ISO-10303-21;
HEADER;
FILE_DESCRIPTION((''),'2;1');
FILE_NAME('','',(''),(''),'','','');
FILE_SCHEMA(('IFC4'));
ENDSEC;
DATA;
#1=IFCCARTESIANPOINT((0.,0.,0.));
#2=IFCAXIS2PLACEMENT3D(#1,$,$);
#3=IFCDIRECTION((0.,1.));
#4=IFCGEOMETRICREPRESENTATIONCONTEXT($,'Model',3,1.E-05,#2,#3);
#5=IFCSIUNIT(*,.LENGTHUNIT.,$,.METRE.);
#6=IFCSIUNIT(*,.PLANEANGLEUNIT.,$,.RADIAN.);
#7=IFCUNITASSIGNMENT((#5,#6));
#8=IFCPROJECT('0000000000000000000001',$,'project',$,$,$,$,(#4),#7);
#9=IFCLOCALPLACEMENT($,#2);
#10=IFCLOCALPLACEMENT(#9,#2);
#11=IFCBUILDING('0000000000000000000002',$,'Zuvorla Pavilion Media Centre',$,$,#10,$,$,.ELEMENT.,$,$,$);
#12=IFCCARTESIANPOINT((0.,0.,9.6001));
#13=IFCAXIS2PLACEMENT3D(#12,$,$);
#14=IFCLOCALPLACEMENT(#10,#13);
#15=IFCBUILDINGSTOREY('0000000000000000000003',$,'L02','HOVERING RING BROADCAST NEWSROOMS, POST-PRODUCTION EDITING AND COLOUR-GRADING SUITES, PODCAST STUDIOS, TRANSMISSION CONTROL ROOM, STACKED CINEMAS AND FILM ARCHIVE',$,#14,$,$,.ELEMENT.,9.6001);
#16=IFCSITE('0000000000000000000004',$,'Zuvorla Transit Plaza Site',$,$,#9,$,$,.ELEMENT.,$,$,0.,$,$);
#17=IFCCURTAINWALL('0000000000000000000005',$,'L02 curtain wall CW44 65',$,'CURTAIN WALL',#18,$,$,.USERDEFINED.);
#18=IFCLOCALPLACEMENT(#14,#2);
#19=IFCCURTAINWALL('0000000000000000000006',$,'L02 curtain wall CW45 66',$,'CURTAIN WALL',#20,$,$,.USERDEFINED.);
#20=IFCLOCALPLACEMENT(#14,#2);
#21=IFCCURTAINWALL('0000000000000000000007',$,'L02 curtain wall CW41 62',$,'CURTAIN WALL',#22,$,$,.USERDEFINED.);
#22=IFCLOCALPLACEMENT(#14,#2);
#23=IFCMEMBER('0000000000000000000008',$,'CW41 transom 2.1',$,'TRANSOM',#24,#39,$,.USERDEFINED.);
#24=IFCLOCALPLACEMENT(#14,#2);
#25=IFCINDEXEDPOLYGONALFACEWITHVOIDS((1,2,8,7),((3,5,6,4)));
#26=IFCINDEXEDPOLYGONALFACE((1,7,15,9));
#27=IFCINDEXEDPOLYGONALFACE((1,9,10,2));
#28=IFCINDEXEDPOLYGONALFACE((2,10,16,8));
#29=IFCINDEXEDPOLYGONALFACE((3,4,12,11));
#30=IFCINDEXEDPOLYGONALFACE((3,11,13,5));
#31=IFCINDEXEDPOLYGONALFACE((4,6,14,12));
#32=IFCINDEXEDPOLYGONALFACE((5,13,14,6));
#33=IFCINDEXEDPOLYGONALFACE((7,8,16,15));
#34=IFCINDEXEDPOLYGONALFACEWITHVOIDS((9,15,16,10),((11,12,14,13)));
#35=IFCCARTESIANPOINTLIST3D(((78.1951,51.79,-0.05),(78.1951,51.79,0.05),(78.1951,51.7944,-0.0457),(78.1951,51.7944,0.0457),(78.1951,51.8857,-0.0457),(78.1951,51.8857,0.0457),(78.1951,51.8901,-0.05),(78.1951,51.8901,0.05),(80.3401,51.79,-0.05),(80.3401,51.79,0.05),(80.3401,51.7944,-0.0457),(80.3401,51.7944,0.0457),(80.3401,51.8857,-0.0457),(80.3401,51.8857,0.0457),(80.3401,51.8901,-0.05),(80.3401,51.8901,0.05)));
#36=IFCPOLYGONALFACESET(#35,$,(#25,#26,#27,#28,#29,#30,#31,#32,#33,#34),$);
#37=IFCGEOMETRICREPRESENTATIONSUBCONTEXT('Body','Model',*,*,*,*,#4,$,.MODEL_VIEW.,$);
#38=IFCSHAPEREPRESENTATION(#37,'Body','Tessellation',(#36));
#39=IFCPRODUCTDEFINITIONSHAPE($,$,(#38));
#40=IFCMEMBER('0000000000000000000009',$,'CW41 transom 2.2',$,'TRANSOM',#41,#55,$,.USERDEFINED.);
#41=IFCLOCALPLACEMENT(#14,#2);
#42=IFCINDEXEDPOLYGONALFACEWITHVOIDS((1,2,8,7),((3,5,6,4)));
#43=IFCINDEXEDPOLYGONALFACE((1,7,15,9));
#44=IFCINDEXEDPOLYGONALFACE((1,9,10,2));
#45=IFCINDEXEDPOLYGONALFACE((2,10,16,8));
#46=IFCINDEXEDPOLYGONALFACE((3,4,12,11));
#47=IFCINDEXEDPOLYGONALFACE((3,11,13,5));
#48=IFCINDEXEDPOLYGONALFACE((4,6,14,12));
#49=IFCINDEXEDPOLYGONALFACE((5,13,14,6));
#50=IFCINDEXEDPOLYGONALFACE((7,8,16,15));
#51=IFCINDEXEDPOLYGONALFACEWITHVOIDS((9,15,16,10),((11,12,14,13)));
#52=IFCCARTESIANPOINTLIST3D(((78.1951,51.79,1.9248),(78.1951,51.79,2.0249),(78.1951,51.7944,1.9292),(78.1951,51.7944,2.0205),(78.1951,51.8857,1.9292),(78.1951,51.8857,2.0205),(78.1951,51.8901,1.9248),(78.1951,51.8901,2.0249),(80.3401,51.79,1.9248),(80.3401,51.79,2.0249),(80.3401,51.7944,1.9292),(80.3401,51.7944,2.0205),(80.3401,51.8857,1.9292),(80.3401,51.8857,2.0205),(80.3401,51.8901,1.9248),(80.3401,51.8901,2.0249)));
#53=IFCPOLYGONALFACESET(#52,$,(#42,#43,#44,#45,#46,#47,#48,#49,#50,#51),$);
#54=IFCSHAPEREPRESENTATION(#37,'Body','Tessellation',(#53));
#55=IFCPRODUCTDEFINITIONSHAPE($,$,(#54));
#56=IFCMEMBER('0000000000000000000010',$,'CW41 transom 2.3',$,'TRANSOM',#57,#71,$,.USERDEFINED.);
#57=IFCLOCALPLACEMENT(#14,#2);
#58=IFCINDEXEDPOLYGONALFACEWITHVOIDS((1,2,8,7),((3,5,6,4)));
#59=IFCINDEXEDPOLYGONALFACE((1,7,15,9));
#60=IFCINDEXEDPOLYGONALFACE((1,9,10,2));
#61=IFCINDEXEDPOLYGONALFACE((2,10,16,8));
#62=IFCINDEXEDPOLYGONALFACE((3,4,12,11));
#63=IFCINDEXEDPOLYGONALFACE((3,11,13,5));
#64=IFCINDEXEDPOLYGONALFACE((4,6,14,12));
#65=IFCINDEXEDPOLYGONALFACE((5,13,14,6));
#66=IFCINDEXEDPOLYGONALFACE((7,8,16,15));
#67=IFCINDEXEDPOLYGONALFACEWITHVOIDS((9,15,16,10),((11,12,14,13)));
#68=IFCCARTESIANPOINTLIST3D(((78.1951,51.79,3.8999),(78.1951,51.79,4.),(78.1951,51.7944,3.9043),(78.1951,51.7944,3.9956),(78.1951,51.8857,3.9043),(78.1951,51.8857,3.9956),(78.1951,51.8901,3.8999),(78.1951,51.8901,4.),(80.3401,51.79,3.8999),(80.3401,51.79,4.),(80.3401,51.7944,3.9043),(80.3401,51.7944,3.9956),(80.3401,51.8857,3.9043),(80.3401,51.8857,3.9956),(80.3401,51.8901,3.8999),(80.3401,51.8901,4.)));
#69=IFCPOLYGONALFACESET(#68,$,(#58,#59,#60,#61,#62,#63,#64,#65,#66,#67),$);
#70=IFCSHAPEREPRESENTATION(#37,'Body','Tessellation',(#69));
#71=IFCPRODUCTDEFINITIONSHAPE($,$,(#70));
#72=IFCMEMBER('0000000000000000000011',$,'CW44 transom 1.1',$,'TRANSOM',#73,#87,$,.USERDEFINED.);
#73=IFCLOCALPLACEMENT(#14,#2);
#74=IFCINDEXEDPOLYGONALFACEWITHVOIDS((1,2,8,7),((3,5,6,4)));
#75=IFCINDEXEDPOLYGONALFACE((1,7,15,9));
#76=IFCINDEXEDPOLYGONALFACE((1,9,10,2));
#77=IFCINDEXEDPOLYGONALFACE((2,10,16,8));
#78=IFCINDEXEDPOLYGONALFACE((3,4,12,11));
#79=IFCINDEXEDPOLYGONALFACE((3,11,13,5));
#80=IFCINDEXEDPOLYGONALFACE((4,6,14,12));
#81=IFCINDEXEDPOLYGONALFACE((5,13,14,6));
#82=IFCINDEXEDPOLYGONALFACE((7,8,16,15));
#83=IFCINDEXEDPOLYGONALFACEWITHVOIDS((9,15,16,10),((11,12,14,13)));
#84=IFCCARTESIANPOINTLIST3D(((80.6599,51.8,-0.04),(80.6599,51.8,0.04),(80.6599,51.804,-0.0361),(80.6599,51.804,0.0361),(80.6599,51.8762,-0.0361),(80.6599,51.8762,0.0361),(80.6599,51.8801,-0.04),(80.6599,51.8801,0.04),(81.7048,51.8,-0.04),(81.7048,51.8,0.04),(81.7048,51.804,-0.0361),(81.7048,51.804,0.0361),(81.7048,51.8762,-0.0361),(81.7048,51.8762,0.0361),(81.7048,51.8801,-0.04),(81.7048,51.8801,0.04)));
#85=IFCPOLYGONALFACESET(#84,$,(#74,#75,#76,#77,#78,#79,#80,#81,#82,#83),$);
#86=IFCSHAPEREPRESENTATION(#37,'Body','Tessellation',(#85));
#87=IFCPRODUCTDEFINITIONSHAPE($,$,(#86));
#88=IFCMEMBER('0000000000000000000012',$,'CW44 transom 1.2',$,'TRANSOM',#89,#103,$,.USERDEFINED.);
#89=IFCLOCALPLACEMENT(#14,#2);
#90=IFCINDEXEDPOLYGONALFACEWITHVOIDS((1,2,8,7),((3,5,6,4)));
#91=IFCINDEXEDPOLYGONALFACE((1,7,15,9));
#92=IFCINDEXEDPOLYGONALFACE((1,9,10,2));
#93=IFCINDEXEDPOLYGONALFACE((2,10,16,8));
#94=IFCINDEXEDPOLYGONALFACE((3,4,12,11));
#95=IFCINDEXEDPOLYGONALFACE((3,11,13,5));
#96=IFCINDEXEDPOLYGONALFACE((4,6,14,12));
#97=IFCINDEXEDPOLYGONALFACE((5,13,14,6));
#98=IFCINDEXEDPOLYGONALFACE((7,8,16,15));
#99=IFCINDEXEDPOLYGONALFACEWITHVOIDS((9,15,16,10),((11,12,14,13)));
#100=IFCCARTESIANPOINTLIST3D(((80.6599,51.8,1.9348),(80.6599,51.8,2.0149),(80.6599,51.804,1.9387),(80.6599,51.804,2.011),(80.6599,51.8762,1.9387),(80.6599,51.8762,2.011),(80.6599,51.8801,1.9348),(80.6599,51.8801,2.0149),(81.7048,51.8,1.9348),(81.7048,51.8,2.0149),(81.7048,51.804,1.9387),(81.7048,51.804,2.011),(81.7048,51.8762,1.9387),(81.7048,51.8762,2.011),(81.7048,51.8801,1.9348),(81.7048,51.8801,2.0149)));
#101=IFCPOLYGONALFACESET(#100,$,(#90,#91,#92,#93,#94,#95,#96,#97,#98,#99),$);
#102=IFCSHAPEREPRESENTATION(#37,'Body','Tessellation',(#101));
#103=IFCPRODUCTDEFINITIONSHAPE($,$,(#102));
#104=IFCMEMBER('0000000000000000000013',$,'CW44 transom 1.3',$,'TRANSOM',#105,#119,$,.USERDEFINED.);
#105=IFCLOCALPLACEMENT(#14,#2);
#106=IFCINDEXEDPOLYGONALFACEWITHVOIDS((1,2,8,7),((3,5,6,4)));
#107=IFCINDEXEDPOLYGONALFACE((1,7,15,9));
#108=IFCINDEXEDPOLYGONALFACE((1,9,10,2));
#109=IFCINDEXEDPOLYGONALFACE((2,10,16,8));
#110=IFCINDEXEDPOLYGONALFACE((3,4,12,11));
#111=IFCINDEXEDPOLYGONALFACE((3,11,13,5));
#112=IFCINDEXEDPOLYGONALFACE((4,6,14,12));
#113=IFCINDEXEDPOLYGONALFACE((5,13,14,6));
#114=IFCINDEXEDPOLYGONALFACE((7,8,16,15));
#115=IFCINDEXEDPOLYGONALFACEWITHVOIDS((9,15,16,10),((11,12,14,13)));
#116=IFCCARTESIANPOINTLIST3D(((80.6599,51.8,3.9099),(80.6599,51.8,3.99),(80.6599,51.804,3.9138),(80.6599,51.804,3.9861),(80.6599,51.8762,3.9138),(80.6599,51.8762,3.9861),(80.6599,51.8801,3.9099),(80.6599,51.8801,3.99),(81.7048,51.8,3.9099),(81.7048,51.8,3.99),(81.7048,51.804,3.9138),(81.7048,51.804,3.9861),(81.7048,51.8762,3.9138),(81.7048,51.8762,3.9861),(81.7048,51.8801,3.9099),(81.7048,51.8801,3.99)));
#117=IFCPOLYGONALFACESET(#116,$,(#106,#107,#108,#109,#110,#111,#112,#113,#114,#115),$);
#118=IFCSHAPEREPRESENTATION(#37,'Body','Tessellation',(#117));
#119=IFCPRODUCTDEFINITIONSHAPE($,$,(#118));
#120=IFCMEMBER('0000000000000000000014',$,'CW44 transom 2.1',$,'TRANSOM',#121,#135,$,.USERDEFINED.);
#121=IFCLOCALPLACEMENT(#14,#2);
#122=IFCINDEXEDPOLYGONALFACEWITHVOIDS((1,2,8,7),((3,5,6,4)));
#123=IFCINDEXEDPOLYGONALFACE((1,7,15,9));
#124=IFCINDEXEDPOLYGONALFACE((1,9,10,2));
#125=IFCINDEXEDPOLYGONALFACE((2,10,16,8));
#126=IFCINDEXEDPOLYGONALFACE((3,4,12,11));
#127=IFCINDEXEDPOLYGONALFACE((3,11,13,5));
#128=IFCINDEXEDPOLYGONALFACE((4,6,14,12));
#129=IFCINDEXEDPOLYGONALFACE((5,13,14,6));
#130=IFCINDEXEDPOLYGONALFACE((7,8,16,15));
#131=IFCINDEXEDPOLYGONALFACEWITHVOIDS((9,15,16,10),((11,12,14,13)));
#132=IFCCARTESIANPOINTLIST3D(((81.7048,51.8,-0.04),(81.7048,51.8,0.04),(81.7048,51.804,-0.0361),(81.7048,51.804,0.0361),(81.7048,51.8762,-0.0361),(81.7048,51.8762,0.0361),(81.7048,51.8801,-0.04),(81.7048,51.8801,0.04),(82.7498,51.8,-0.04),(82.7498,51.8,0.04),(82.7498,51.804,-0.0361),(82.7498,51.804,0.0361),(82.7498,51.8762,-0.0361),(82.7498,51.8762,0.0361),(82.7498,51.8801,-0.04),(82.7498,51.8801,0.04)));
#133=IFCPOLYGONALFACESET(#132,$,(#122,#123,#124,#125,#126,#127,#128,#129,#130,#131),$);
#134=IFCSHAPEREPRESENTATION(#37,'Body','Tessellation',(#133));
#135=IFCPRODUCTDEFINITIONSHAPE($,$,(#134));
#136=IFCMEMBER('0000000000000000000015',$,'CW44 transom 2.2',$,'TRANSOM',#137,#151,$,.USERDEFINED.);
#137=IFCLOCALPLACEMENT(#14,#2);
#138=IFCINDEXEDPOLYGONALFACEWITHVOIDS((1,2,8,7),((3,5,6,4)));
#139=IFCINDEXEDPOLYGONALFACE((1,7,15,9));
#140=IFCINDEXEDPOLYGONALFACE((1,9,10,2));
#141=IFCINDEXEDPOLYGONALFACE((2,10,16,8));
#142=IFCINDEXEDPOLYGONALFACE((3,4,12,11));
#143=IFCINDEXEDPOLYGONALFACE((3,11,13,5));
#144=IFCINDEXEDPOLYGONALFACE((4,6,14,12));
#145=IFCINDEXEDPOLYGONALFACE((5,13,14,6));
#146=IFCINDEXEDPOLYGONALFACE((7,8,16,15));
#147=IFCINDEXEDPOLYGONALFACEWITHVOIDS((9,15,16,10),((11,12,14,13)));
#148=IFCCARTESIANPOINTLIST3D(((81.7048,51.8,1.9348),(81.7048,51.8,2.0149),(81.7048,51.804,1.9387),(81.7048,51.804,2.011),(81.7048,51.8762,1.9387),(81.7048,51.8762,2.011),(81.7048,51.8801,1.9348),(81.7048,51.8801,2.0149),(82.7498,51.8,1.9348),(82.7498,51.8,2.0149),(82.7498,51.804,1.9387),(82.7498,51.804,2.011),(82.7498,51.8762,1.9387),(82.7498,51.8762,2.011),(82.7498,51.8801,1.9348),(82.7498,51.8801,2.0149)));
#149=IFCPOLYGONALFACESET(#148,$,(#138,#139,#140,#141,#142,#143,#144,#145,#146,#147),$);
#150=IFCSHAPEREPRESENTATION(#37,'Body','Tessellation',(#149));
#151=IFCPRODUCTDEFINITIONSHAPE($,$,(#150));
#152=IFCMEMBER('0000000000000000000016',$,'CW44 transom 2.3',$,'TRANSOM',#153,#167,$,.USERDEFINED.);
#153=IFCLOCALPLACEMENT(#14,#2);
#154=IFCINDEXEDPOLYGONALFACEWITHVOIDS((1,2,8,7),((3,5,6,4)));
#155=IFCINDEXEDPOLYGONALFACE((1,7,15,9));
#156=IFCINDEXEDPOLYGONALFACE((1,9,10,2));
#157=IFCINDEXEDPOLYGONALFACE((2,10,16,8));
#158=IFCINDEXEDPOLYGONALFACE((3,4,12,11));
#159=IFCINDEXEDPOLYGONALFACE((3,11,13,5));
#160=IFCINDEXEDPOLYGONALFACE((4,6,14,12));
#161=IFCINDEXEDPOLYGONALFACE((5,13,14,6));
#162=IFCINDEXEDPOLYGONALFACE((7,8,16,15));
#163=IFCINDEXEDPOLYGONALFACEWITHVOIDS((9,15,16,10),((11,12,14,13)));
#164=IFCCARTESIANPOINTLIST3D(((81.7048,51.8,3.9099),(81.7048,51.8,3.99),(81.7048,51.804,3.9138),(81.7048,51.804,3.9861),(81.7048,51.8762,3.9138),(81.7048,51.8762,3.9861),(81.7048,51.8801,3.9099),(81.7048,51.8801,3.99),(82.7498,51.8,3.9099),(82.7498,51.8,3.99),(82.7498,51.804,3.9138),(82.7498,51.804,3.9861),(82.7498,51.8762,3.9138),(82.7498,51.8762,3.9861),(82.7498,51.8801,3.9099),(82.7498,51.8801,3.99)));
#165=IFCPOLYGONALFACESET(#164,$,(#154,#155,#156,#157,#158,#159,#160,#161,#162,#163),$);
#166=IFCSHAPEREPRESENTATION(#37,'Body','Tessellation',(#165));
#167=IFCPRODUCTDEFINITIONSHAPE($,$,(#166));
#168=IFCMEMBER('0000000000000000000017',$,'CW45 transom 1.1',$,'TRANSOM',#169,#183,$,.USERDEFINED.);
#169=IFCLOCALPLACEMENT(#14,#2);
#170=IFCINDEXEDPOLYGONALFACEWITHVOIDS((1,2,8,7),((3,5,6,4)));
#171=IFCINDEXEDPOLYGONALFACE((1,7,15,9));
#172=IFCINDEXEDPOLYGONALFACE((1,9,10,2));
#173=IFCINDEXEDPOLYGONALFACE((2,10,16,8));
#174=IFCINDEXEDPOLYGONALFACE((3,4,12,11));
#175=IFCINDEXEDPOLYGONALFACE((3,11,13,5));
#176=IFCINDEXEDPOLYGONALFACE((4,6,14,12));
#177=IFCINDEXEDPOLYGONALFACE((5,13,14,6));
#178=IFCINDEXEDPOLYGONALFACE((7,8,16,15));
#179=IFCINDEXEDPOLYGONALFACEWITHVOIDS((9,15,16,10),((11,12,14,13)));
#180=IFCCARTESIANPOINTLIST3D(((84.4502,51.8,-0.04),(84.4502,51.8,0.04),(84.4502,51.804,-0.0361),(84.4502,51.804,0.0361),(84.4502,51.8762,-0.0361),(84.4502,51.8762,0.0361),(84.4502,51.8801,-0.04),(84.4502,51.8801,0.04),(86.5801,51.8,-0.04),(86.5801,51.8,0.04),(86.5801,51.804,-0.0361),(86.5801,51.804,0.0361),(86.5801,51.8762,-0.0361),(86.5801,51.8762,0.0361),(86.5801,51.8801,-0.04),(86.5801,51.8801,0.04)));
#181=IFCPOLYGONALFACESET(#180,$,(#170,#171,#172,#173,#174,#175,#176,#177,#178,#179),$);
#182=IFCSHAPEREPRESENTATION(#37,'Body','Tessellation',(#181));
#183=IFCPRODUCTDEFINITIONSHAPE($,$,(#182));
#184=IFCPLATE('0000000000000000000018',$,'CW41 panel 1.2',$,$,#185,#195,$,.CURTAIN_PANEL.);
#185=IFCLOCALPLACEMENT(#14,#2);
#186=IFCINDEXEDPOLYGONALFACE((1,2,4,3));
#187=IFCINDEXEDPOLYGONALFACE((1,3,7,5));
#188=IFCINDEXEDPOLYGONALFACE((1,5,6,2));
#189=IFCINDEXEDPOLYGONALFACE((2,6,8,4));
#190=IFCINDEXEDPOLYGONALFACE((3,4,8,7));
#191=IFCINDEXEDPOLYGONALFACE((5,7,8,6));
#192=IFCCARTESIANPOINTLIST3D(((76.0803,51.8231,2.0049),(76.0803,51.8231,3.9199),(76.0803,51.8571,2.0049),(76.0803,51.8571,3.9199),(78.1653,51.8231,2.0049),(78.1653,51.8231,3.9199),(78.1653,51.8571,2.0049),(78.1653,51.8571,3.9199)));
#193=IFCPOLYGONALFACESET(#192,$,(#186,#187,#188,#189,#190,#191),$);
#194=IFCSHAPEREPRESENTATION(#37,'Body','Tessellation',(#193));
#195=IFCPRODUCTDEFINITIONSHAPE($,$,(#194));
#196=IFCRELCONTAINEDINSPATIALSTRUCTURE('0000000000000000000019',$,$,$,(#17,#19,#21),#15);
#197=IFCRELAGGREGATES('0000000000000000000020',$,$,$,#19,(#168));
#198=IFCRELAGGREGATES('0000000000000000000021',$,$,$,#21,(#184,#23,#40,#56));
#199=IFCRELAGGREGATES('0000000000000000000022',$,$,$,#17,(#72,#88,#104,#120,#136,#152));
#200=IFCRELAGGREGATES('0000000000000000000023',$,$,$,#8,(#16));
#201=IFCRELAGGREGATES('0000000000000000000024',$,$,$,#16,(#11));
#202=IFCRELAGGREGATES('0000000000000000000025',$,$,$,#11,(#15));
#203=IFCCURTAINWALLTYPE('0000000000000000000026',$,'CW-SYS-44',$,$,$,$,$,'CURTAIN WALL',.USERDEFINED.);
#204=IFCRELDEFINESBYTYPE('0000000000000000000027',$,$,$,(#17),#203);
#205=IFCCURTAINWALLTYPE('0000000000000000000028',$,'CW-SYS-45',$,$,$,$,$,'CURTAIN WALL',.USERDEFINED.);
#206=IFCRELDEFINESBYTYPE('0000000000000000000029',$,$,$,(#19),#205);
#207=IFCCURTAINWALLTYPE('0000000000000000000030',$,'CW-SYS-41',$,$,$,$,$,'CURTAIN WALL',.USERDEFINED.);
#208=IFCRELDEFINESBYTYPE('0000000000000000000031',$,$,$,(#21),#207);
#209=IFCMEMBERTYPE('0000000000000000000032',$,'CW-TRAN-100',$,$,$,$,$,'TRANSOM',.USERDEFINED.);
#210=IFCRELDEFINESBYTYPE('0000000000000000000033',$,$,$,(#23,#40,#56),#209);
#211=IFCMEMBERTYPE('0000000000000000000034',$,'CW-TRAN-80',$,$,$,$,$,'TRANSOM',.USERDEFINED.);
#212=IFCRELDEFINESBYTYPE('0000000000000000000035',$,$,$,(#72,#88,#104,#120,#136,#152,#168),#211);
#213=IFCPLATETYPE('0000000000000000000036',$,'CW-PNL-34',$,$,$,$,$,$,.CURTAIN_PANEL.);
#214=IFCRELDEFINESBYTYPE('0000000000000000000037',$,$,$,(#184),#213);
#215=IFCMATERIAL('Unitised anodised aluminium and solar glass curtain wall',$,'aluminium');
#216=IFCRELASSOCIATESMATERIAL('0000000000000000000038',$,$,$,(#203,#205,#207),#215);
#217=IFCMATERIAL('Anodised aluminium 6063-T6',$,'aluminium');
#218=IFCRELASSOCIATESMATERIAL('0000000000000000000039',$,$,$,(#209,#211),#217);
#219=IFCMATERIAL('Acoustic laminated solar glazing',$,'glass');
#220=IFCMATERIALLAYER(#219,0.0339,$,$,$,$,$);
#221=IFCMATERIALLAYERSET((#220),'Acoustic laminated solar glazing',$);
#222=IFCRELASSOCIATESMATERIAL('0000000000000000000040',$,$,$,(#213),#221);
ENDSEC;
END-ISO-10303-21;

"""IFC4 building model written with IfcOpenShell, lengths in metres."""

from ifc_helpers import new_model, si_unit, direction, frame, origin, origin_2d, place, context, subcontext, project, spatial, rectangle, hollow_rectangle, extrude, material, layer, layer_set, material_profile, profile_set, type_object, element, aggregate, save


model = new_model("IFC4")

# Units and contexts
model_context = context("Model", 3, precision=1e-05, world=origin(), true_north=direction((0.0, 1.0)))
body_context = subcontext(model_context, "Body", "Model", "MODEL_VIEW")
ifc_project = project(units=[si_unit("LENGTHUNIT", "METRE"), si_unit("PLANEANGLEUNIT", "RADIAN")], contexts=[model_context])

# Site, building, storey
site_placement = place(None, origin())
site = spatial("IfcSite", under=ifc_project, at=site_placement, Name="Zuvorla Transit Plaza Site", CompositionType="ELEMENT", RefElevation=0.0)
building_placement = place(site_placement, origin())
building = spatial("IfcBuilding", under=site, at=building_placement, Name="Zuvorla Pavilion Media Centre", CompositionType="ELEMENT")
storey_placement = place(building_placement, frame((0.0, 0.0, 9.6001)))
storey = spatial("IfcBuildingStorey", under=building, at=storey_placement, Name="L02", Description="HOVERING RING BROADCAST NEWSROOMS, POST-PRODUCTION EDITING AND COLOUR-GRADING SUITES, PODCAST STUDIOS, TRANSMISSION CONTROL ROOM, STACKED CINEMAS AND FILM ARCHIVE", CompositionType="ELEMENT", Elevation=9.6001)

# Curtain wall
ifc_material_1 = material(Name="Unitised anodised aluminium and solar glass curtain wall", Category="aluminium")
curtain_wall_type_1 = type_object("IfcCurtainWallType", Name="CW-SYS-44", ElementType="CURTAIN WALL", PredefinedType="USERDEFINED", material=ifc_material_1)
curtain_wall_1_placement = place(storey_placement, origin())
curtain_wall_1 = element("IfcCurtainWall", 1, at=curtain_wall_1_placement, inside=storey, type_object=curtain_wall_type_1, Name="L02 curtain wall CW44 65", ObjectType="CURTAIN WALL", PredefinedType="USERDEFINED")
ifc_material_2 = material(Name="Anodised aluminium 6063-T6", Category="aluminium")

# Curtain wall
curtain_wall_type_2 = type_object("IfcCurtainWallType", Name="CW-SYS-45", ElementType="CURTAIN WALL", PredefinedType="USERDEFINED", material=ifc_material_1)
curtain_wall_2_placement = place(storey_placement, origin())
curtain_wall_2 = element("IfcCurtainWall", 2, at=curtain_wall_2_placement, inside=storey, type_object=curtain_wall_type_2, Name="L02 curtain wall CW45 66", ObjectType="CURTAIN WALL", PredefinedType="USERDEFINED")

# Curtain wall, members
curtain_wall_type_3 = type_object("IfcCurtainWallType", Name="CW-SYS-41", ElementType="CURTAIN WALL", PredefinedType="USERDEFINED", material=ifc_material_1)
curtain_wall_3_placement = place(storey_placement, origin())
curtain_wall_3 = element("IfcCurtainWall", 3, at=curtain_wall_3_placement, inside=storey, type_object=curtain_wall_type_3, Name="L02 curtain wall CW41 62", ObjectType="CURTAIN WALL", PredefinedType="USERDEFINED")
ifc_material_profile_1 = material_profile(ifc_material_2, hollow_rectangle(XDim=0.1001, YDim=0.1001, WallThickness=0.0044, at=origin_2d()), Name="ALU TRAN 100x100")
ifc_profile_set_1 = profile_set([ifc_material_profile_1], Name="Anodised aluminium 6063-T6")
member_type_1 = type_object("IfcMemberType", Name="CW-TRAN-100", ElementType="TRANSOM", PredefinedType="USERDEFINED", material=ifc_profile_set_1)
member_1_placement = place(storey_placement, frame((78.1951, 51.8401, 0.0), z_axis=(1.0, 0.0, 0.0), x_axis=(0.0, 1.0, 0.0)))
member_1 = element("IfcMember", 4, at=member_1_placement, type_object=member_type_1, Name="CW41 transom 2.1", ObjectType="TRANSOM", PredefinedType="USERDEFINED", context=body_context, shape_type="SweptSolid", body=[
    extrude(hollow_rectangle(XDim=0.1001, YDim=0.1001, WallThickness=0.0044, at=origin_2d()), origin(), (0.0, 0.0, 1.0), 2.145),
])
member_2_placement = place(storey_placement, frame((78.1951, 51.8401, 1.9749), z_axis=(1.0, 0.0, 0.0), x_axis=(0.0, 1.0, 0.0)))
member_2 = element("IfcMember", 5, at=member_2_placement, type_object=member_type_1, Name="CW41 transom 2.2", ObjectType="TRANSOM", PredefinedType="USERDEFINED", context=body_context, shape_type="SweptSolid", body=[
    extrude(hollow_rectangle(XDim=0.1001, YDim=0.1001, WallThickness=0.0044, at=origin_2d()), origin(), (0.0, 0.0, 1.0), 2.145),
])
member_3_placement = place(storey_placement, frame((78.1951, 51.8401, 3.95), z_axis=(1.0, 0.0, 0.0), x_axis=(0.0, 1.0, 0.0)))
member_3 = element("IfcMember", 6, at=member_3_placement, type_object=member_type_1, Name="CW41 transom 2.3", ObjectType="TRANSOM", PredefinedType="USERDEFINED", context=body_context, shape_type="SweptSolid", body=[
    extrude(hollow_rectangle(XDim=0.1001, YDim=0.1001, WallThickness=0.0044, at=origin_2d()), origin(), (0.0, 0.0, 1.0), 2.145),
])

# Members
ifc_material_profile_2 = material_profile(ifc_material_2, hollow_rectangle(XDim=0.0801, YDim=0.0801, WallThickness=0.0039, at=origin_2d()), Name="ALU TRAN 80x80")
ifc_profile_set_2 = profile_set([ifc_material_profile_2], Name="Anodised aluminium 6063-T6")
member_type_2 = type_object("IfcMemberType", Name="CW-TRAN-80", ElementType="TRANSOM", PredefinedType="USERDEFINED", material=ifc_profile_set_2)
member_4_placement = place(storey_placement, frame((80.6599, 51.8401, 0.0), z_axis=(1.0, 0.0, 0.0), x_axis=(0.0, 1.0, 0.0)))
member_4 = element("IfcMember", 7, at=member_4_placement, type_object=member_type_2, Name="CW44 transom 1.1", ObjectType="TRANSOM", PredefinedType="USERDEFINED", context=body_context, shape_type="SweptSolid", body=[
    extrude(hollow_rectangle(XDim=0.0801, YDim=0.0801, WallThickness=0.0039, at=origin_2d()), origin(), (0.0, 0.0, 1.0), 1.0449),
])
member_5_placement = place(storey_placement, frame((80.6599, 51.8401, 1.9749), z_axis=(1.0, 0.0, 0.0), x_axis=(0.0, 1.0, 0.0)))
member_5 = element("IfcMember", 8, at=member_5_placement, type_object=member_type_2, Name="CW44 transom 1.2", ObjectType="TRANSOM", PredefinedType="USERDEFINED", context=body_context, shape_type="SweptSolid", body=[
    extrude(hollow_rectangle(XDim=0.0801, YDim=0.0801, WallThickness=0.0039, at=origin_2d()), origin(), (0.0, 0.0, 1.0), 1.0449),
])
member_6_placement = place(storey_placement, frame((80.6599, 51.8401, 3.95), z_axis=(1.0, 0.0, 0.0), x_axis=(0.0, 1.0, 0.0)))
member_6 = element("IfcMember", 9, at=member_6_placement, type_object=member_type_2, Name="CW44 transom 1.3", ObjectType="TRANSOM", PredefinedType="USERDEFINED", context=body_context, shape_type="SweptSolid", body=[
    extrude(hollow_rectangle(XDim=0.0801, YDim=0.0801, WallThickness=0.0039, at=origin_2d()), origin(), (0.0, 0.0, 1.0), 1.0449),
])
member_7_placement = place(storey_placement, frame((81.7048, 51.8401, 0.0), z_axis=(1.0, 0.0, 0.0), x_axis=(0.0, 1.0, 0.0)))
member_7 = element("IfcMember", 10, at=member_7_placement, type_object=member_type_2, Name="CW44 transom 2.1", ObjectType="TRANSOM", PredefinedType="USERDEFINED", context=body_context, shape_type="SweptSolid", body=[
    extrude(hollow_rectangle(XDim=0.0801, YDim=0.0801, WallThickness=0.0039, at=origin_2d()), origin(), (0.0, 0.0, 1.0), 1.0449),
])
member_8_placement = place(storey_placement, frame((81.7048, 51.8401, 1.9749), z_axis=(1.0, 0.0, 0.0), x_axis=(0.0, 1.0, 0.0)))
member_8 = element("IfcMember", 11, at=member_8_placement, type_object=member_type_2, Name="CW44 transom 2.2", ObjectType="TRANSOM", PredefinedType="USERDEFINED", context=body_context, shape_type="SweptSolid", body=[
    extrude(hollow_rectangle(XDim=0.0801, YDim=0.0801, WallThickness=0.0039, at=origin_2d()), origin(), (0.0, 0.0, 1.0), 1.0449),
])
member_9_placement = place(storey_placement, frame((81.7048, 51.8401, 3.95), z_axis=(1.0, 0.0, 0.0), x_axis=(0.0, 1.0, 0.0)))
member_9 = element("IfcMember", 12, at=member_9_placement, type_object=member_type_2, Name="CW44 transom 2.3", ObjectType="TRANSOM", PredefinedType="USERDEFINED", context=body_context, shape_type="SweptSolid", body=[
    extrude(hollow_rectangle(XDim=0.0801, YDim=0.0801, WallThickness=0.0039, at=origin_2d()), origin(), (0.0, 0.0, 1.0), 1.0449),
])
member_10_placement = place(storey_placement, frame((84.4502, 51.8401, 0.0), z_axis=(1.0, 0.0, 0.0), x_axis=(0.0, 1.0, 0.0)))
member_10 = element("IfcMember", 13, at=member_10_placement, type_object=member_type_2, Name="CW45 transom 1.1", ObjectType="TRANSOM", PredefinedType="USERDEFINED", context=body_context, shape_type="SweptSolid", body=[
    extrude(hollow_rectangle(XDim=0.0801, YDim=0.0801, WallThickness=0.0039, at=origin_2d()), origin(), (0.0, 0.0, 1.0), 2.1299),
])
aggregate(curtain_wall_2, [member_10])

# Plate
ifc_material_3 = material(Name="Acoustic laminated solar glazing", Category="glass")
ifc_layer_1 = layer(ifc_material_3, 0.0339)
ifc_layer_set_1 = layer_set([ifc_layer_1], Name="Acoustic laminated solar glazing")
plate_type_1 = type_object("IfcPlateType", Name="CW-PNL-34", PredefinedType="CURTAIN_PANEL", material=ifc_layer_set_1)
plate_1_placement = place(storey_placement, frame((77.1228, 51.8401, 2.0049), z_axis=(0.0, 0.0, 1.0), x_axis=(1.0, 0.0, 0.0)))
plate_1 = element("IfcPlate", 14, at=plate_1_placement, type_object=plate_type_1, Name="CW41 panel 1.2", PredefinedType="CURTAIN_PANEL", context=body_context, shape_type="SweptSolid", body=[
    extrude(rectangle(XDim=2.085, YDim=0.0339, at=origin_2d()), origin(), (0.0, 0.0, 1.0), 1.915),
])
aggregate(curtain_wall_3, [plate_1, member_1, member_2, member_3])
aggregate(curtain_wall_1, [member_4, member_5, member_6, member_7, member_8, member_9])

save(model, "model.ifc")
